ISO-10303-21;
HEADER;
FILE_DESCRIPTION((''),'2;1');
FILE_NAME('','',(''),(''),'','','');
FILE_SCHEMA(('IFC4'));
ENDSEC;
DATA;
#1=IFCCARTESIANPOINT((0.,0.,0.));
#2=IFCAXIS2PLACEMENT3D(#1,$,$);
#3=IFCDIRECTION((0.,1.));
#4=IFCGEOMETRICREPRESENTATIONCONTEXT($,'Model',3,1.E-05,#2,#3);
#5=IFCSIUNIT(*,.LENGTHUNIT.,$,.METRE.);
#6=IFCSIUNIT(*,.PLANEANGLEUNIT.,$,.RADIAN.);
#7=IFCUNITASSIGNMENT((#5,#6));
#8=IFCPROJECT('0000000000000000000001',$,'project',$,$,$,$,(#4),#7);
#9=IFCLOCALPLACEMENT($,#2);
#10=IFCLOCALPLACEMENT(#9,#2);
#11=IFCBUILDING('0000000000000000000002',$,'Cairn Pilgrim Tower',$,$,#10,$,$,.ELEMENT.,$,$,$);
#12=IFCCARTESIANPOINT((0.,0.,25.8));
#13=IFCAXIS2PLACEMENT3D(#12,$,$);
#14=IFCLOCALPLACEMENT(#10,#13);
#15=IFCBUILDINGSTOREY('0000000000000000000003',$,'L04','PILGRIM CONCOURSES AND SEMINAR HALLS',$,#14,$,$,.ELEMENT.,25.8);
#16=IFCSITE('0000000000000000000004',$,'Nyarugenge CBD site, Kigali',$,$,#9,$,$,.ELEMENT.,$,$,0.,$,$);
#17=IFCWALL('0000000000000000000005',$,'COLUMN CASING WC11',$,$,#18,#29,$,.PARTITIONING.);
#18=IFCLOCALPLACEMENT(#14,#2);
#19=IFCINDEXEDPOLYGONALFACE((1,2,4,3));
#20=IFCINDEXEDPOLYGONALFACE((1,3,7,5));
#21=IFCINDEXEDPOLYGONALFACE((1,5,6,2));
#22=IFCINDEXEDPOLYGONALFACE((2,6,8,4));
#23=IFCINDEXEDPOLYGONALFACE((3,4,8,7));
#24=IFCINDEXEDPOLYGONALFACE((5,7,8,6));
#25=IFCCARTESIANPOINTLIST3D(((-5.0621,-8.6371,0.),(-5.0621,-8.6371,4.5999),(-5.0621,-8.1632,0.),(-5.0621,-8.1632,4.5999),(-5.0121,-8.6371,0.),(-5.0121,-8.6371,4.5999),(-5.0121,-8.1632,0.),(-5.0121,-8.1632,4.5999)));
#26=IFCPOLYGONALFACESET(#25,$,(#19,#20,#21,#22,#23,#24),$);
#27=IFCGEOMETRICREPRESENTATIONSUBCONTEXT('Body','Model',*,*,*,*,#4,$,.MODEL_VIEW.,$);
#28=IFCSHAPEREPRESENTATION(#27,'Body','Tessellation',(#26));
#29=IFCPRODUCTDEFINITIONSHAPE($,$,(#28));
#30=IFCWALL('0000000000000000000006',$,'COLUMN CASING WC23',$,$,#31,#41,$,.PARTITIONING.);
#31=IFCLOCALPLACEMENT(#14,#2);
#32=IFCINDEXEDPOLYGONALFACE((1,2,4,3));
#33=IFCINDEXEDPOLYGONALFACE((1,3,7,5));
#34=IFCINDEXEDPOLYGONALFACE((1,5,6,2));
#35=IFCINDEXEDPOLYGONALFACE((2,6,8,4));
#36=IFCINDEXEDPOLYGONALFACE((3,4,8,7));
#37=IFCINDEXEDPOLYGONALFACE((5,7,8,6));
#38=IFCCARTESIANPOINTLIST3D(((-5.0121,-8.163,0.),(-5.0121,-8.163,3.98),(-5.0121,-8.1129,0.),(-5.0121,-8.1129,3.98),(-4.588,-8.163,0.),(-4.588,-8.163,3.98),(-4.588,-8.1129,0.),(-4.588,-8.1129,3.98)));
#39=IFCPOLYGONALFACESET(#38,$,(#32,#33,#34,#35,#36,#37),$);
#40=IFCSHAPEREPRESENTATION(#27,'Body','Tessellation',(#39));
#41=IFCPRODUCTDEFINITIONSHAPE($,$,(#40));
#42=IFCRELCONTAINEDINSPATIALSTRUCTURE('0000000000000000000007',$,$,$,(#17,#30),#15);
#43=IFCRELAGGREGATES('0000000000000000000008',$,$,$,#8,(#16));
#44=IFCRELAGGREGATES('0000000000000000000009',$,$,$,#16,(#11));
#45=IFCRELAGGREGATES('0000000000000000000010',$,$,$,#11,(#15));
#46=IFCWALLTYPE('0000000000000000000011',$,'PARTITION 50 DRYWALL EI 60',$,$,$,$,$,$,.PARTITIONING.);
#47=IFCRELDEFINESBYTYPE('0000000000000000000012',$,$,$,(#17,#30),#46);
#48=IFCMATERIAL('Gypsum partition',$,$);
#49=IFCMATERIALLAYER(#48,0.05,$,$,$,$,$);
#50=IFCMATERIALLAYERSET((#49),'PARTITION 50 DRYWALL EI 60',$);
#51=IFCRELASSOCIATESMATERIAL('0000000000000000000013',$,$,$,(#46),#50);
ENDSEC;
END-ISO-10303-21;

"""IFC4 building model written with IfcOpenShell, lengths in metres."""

from ifc_helpers import new_model, si_unit, direction, frame, frame_2d, origin, place, context, subcontext, project, spatial, rectangle, extrude, material, layer, layer_set, type_object, element, save


model = new_model("IFC4")

# Units and contexts
model_context = context("Model", 3, precision=1e-05, world=origin(), true_north=direction((0.0, 1.0)))
body_context = subcontext(model_context, "Body", "Model", "MODEL_VIEW")
ifc_project = project(units=[si_unit("LENGTHUNIT", "METRE"), si_unit("PLANEANGLEUNIT", "RADIAN")], contexts=[model_context])

# Site, building, storey
site_placement = place(None, origin())
site = spatial("IfcSite", under=ifc_project, at=site_placement, Name="Nyarugenge CBD site, Kigali", CompositionType="ELEMENT", RefElevation=0.0)
building_placement = place(site_placement, origin())
building = spatial("IfcBuilding", under=site, at=building_placement, Name="Cairn Pilgrim Tower", CompositionType="ELEMENT")
storey_placement = place(building_placement, frame((0.0, 0.0, 25.8)))
storey = spatial("IfcBuildingStorey", under=building, at=storey_placement, Name="L04", Description="PILGRIM CONCOURSES AND SEMINAR HALLS", CompositionType="ELEMENT", Elevation=25.8)

# Shared definitions
ifc_material_1 = material(Name="Gypsum partition")

# Walls
ifc_layer_1 = layer(ifc_material_1, 0.05)
ifc_layer_set_1 = layer_set([ifc_layer_1], Name="PARTITION 50 DRYWALL EI 60")
wall_type_1 = type_object("IfcWallType", Name="PARTITION 50 DRYWALL EI 60", PredefinedType="PARTITIONING", material=ifc_layer_set_1)
wall_1_placement = place(storey_placement, frame((-5.0371, -8.637, 0.0), z_axis=(0.0, 0.0, 1.0), x_axis=(0.0, 1.0, 0.0)))
element("IfcWall", 1, at=wall_1_placement, inside=storey, type_object=wall_type_1, Name="COLUMN CASING WC11", PredefinedType="PARTITIONING", context=body_context, shape_type="SweptSolid", body=[
    extrude(rectangle(XDim=0.4739, YDim=0.05, at=frame_2d((0.2368, 0.0))), origin(), (0.0, 0.0, 1.0), 4.5999),
])
wall_2_placement = place(storey_placement, frame((-5.012, -8.1379, 0.0), z_axis=(0.0, 0.0, 1.0), x_axis=(1.0, 0.0, 0.0)))
element("IfcWall", 2, at=wall_2_placement, inside=storey, type_object=wall_type_1, Name="COLUMN CASING WC23", PredefinedType="PARTITIONING", context=body_context, shape_type="SweptSolid", body=[
    extrude(rectangle(XDim=0.4241, YDim=0.05, at=frame_2d((0.2119, 0.0))), origin(), (0.0, 0.0, 1.0), 3.98),
])

save(model, "model.ifc")
